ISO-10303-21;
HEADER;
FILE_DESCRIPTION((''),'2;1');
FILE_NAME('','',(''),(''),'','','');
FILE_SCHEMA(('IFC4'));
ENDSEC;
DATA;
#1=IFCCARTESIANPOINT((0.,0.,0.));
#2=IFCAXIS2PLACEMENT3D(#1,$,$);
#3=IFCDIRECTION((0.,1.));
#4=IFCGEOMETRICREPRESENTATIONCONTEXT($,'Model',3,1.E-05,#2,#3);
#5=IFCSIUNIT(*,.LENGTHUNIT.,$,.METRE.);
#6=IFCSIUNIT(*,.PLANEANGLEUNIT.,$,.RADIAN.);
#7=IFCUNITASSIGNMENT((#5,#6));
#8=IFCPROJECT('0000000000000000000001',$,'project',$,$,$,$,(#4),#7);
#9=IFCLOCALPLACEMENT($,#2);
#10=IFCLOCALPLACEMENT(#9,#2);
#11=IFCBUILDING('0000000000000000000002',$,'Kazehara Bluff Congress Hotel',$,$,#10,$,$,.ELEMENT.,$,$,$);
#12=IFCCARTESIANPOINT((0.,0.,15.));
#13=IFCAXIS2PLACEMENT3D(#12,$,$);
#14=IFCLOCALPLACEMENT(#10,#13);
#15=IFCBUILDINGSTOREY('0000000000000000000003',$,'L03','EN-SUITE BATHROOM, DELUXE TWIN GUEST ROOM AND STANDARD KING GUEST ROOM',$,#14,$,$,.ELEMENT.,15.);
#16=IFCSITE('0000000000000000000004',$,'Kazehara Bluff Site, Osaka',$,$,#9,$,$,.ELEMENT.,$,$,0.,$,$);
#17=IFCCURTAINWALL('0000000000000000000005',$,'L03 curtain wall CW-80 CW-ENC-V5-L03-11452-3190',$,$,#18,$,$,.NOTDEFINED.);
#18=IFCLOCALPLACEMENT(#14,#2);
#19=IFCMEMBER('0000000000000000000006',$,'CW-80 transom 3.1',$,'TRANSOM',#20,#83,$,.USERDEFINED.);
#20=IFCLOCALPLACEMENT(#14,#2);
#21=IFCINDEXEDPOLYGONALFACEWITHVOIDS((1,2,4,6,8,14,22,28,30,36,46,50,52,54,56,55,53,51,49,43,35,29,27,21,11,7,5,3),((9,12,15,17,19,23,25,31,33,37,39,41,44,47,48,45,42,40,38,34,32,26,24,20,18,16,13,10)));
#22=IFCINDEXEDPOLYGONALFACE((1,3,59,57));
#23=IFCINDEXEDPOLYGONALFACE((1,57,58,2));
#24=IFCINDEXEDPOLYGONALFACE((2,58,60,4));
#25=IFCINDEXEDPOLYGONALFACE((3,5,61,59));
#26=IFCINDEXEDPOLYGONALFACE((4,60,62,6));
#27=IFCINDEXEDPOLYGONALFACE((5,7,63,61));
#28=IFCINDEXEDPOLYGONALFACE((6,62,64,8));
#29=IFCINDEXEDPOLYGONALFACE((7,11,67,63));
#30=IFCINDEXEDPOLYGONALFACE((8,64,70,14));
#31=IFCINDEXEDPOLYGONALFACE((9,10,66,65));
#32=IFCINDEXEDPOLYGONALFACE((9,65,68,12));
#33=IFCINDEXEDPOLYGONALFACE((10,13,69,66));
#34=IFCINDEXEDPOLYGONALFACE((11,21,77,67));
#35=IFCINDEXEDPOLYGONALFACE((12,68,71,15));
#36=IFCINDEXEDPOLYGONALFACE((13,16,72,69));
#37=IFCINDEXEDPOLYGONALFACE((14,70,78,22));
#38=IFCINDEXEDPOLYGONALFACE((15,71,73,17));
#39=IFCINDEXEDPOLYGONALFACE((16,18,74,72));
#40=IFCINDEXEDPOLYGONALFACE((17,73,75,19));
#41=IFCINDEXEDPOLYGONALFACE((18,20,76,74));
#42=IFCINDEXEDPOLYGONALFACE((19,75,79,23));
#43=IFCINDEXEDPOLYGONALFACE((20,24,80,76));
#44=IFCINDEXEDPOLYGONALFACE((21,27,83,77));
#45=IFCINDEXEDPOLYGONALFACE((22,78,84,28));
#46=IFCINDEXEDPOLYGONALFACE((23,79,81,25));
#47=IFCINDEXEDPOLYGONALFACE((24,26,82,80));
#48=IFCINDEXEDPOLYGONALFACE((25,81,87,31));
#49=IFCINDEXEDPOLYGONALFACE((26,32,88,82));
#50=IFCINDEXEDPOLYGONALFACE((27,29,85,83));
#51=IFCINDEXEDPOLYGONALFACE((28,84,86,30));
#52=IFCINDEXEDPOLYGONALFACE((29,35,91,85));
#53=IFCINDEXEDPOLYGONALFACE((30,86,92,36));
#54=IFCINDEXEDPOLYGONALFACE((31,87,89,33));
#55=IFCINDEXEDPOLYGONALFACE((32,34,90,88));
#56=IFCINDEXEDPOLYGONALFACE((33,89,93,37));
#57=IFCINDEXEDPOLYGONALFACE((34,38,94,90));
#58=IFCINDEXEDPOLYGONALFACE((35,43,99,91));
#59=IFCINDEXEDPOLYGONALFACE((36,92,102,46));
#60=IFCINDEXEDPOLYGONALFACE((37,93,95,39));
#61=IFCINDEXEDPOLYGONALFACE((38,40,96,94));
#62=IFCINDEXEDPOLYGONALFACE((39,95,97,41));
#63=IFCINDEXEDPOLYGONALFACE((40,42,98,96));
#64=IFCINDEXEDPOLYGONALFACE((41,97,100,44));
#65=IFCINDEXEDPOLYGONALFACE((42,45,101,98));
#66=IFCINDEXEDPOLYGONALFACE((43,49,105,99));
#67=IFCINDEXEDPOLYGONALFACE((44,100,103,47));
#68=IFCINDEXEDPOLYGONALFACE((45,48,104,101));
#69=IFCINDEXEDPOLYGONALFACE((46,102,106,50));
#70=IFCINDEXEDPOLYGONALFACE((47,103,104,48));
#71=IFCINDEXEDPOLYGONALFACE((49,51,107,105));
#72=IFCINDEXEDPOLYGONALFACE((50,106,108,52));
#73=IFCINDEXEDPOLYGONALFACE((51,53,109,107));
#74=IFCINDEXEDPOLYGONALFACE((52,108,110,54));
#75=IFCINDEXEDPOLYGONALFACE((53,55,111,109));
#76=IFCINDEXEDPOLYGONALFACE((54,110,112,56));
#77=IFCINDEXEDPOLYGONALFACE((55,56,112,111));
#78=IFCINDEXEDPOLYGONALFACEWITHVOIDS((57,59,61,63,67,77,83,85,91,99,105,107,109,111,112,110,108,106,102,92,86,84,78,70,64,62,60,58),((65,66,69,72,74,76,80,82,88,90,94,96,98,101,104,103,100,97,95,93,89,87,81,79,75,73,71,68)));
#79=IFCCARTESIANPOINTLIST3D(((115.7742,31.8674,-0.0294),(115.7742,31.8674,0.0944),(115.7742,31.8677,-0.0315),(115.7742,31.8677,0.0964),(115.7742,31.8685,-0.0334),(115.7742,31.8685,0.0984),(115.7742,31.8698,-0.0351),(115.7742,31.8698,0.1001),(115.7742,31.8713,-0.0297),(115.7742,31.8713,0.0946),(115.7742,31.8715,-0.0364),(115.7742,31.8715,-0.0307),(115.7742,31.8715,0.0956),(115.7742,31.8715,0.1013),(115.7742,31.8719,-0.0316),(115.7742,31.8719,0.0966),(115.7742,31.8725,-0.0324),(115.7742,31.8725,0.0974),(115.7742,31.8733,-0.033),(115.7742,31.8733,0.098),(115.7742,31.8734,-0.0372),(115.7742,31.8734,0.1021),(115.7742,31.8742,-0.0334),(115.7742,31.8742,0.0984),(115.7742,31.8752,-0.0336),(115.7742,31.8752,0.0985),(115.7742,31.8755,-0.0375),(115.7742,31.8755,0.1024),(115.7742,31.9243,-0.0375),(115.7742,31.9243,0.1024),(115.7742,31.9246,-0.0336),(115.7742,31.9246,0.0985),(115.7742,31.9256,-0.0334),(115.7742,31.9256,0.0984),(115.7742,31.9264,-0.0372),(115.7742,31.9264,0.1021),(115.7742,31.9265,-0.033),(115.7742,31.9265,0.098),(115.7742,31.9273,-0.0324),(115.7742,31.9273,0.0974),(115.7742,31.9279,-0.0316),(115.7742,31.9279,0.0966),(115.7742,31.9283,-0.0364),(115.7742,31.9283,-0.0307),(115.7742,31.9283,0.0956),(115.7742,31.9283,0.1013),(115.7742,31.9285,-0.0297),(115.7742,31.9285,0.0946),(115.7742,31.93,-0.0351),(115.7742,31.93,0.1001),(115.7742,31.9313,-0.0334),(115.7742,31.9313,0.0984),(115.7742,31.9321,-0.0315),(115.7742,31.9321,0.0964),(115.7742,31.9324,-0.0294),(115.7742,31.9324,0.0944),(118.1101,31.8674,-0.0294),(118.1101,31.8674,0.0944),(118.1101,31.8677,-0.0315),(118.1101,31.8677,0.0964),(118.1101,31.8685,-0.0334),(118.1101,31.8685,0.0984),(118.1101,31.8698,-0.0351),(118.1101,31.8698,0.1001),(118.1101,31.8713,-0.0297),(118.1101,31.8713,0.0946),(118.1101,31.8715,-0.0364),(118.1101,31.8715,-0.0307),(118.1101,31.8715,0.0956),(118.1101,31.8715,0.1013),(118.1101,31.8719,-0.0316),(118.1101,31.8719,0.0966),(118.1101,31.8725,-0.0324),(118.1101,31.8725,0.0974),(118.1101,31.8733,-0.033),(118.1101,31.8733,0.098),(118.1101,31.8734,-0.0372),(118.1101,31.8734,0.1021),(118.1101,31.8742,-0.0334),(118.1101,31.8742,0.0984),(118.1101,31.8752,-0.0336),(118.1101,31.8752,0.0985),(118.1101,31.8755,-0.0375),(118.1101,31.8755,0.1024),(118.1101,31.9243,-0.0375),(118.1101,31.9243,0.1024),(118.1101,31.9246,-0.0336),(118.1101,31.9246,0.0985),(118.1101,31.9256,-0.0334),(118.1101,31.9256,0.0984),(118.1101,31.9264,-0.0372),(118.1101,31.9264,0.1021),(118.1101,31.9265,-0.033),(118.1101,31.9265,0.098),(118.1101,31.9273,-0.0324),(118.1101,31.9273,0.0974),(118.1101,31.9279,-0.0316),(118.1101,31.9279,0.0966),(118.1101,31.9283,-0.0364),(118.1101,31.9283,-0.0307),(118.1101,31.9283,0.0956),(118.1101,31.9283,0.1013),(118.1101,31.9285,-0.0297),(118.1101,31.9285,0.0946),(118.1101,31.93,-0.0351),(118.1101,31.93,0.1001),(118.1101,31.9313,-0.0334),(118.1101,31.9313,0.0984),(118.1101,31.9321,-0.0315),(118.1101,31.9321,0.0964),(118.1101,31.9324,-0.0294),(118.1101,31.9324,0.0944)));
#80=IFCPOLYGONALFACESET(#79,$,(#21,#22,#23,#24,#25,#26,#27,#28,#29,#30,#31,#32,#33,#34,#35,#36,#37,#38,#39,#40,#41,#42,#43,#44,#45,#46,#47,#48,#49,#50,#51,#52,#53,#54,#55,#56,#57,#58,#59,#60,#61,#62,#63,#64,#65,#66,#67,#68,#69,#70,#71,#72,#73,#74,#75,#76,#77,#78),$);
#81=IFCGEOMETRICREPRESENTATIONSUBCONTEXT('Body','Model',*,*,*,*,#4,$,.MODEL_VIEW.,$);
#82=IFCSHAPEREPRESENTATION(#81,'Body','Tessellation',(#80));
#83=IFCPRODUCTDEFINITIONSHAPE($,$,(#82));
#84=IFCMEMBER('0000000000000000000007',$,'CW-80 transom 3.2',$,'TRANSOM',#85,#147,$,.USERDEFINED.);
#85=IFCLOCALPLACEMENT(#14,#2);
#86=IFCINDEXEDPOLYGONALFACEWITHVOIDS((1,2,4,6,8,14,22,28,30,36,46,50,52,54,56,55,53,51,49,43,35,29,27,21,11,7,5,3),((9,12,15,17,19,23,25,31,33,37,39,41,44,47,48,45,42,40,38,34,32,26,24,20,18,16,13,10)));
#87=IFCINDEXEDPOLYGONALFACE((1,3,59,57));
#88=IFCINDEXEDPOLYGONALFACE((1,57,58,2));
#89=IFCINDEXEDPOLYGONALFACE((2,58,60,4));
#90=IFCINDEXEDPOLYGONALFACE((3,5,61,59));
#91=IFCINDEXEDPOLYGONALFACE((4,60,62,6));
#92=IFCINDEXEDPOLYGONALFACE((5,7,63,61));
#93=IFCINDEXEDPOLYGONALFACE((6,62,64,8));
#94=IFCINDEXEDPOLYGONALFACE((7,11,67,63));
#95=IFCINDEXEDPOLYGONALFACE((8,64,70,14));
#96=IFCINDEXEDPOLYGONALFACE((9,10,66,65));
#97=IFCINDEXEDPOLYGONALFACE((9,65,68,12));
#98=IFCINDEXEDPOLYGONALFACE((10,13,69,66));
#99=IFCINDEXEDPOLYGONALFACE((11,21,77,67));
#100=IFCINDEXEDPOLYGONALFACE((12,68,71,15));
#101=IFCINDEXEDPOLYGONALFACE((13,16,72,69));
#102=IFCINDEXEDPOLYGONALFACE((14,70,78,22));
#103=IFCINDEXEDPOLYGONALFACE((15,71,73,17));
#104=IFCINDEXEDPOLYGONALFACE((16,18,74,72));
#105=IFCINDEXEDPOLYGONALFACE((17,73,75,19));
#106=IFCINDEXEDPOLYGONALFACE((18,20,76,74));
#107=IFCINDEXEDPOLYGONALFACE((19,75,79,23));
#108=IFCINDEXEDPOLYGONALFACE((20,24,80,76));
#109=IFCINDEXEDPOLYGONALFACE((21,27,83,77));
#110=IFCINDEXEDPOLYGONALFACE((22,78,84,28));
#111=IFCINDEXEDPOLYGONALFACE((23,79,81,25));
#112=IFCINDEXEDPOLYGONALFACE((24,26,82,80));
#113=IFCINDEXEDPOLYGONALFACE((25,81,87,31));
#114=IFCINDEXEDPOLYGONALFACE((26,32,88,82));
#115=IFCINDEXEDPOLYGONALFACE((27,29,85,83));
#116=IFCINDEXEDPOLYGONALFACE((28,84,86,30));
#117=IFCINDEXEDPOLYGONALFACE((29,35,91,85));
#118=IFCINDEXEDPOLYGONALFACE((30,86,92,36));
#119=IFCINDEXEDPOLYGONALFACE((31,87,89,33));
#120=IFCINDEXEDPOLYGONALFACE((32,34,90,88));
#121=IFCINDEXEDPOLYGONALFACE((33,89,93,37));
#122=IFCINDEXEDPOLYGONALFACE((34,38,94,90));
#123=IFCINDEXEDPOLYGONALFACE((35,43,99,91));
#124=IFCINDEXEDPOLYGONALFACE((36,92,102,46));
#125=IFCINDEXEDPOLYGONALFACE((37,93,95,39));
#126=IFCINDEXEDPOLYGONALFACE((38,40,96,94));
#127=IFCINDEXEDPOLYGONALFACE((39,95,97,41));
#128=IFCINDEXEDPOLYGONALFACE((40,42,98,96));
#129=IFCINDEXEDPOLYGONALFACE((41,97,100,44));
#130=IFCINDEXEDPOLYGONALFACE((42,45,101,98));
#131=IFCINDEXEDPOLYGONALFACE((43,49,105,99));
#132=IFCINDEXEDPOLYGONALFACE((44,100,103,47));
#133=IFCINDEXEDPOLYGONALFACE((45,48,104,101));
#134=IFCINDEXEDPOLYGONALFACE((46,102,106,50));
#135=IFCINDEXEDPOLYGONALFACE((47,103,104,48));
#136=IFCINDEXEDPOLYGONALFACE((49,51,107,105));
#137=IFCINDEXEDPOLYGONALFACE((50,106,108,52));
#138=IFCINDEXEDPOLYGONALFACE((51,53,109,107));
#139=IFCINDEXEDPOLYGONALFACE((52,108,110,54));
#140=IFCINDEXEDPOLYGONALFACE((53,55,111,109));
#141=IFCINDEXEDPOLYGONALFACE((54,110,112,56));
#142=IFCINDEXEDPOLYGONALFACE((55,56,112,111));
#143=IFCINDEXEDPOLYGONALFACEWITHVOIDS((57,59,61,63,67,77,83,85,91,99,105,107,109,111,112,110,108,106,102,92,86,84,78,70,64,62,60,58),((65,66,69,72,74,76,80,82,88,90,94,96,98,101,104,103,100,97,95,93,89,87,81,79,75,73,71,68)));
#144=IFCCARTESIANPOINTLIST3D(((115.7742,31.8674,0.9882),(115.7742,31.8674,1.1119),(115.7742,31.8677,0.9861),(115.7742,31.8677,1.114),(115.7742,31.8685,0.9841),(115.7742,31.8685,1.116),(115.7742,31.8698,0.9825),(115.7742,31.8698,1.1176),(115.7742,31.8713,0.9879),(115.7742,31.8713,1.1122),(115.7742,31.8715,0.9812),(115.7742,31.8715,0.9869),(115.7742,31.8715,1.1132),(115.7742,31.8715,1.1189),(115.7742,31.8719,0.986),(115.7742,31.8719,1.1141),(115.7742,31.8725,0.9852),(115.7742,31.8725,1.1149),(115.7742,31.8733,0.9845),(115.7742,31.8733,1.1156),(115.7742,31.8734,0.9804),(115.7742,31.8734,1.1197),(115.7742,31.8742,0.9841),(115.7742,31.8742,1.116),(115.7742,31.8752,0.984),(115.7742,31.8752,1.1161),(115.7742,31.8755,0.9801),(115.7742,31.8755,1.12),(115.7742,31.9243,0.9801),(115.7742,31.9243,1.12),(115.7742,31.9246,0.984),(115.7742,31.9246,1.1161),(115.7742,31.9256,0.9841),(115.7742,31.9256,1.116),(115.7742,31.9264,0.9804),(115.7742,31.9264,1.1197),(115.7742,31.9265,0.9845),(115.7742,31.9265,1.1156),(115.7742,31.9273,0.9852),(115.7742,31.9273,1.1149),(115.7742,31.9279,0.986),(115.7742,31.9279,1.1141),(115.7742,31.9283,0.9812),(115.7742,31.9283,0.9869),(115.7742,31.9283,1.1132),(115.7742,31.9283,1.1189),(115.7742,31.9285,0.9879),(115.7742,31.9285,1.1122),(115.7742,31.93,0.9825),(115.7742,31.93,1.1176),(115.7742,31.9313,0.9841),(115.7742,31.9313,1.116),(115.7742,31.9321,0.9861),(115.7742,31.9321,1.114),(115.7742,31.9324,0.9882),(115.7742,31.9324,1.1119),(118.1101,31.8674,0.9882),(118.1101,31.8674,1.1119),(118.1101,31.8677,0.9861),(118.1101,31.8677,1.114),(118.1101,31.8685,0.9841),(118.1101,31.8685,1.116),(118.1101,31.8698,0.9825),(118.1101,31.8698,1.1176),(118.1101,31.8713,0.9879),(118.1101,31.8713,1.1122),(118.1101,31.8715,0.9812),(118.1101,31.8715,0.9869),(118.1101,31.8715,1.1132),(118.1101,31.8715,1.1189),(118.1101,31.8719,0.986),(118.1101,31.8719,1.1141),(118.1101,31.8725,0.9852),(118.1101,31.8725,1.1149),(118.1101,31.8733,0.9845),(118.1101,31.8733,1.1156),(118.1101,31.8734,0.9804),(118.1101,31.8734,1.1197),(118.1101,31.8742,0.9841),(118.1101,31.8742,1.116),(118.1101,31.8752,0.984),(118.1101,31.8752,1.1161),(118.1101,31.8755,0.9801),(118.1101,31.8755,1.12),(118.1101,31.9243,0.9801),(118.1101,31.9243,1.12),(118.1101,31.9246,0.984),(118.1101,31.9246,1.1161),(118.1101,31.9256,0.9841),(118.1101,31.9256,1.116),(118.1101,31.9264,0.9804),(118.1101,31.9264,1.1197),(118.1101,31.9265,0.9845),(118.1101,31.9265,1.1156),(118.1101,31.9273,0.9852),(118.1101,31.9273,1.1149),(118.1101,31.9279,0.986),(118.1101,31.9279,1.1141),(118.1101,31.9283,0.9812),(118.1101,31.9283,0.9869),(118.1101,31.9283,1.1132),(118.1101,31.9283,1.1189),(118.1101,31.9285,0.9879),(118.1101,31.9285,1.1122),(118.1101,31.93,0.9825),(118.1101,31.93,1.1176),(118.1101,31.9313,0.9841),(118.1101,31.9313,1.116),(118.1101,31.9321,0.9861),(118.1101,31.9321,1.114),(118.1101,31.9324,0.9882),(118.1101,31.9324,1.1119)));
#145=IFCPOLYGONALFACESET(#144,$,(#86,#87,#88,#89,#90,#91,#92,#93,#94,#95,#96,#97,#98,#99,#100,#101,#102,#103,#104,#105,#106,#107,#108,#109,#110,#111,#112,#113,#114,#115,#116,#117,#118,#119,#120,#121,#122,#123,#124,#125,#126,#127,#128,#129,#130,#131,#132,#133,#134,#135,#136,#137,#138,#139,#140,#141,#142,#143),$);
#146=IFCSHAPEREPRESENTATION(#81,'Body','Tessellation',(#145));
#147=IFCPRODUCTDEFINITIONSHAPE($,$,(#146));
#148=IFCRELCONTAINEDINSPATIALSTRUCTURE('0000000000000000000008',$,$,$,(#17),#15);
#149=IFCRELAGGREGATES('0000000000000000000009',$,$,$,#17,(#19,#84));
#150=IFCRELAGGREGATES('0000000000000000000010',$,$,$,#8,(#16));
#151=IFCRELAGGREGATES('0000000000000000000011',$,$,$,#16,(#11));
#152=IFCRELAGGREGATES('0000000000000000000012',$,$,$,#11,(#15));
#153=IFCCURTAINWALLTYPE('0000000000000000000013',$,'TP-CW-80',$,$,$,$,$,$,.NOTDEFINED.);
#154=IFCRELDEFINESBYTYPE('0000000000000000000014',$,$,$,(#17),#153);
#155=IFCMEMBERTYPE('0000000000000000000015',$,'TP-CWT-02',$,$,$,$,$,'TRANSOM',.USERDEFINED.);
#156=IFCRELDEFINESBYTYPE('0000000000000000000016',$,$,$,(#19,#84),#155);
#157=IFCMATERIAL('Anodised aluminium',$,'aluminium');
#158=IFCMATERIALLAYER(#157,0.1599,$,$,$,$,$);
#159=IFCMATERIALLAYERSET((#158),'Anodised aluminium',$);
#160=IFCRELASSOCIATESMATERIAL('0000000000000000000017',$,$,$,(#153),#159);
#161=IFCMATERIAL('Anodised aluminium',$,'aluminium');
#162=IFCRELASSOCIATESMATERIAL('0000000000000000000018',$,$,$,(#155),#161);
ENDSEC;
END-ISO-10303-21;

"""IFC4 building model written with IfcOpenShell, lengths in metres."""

from ifc_helpers import new_model, si_unit, direction, frame, origin, origin_2d, place, context, subcontext, project, spatial, hollow_rectangle, extrude, material, layer, layer_set, material_profile, profile_set, type_object, element, aggregate, save


model = new_model("IFC4")

# Units and contexts
model_context = context("Model", 3, precision=1e-05, world=origin(), true_north=direction((0.0, 1.0)))
body_context = subcontext(model_context, "Body", "Model", "MODEL_VIEW")
ifc_project = project(units=[si_unit("LENGTHUNIT", "METRE"), si_unit("PLANEANGLEUNIT", "RADIAN")], contexts=[model_context])

# Site, building, storey
site_placement = place(None, origin())
site = spatial("IfcSite", under=ifc_project, at=site_placement, Name="Kazehara Bluff Site, Osaka", CompositionType="ELEMENT", RefElevation=0.0)
building_placement = place(site_placement, origin())
building = spatial("IfcBuilding", under=site, at=building_placement, Name="Kazehara Bluff Congress Hotel", CompositionType="ELEMENT")
storey_placement = place(building_placement, frame((0.0, 0.0, 15.0)))
storey = spatial("IfcBuildingStorey", under=building, at=storey_placement, Name="L03", Description="EN-SUITE BATHROOM, DELUXE TWIN GUEST ROOM AND STANDARD KING GUEST ROOM", CompositionType="ELEMENT", Elevation=15.0)

# Curtain wall, members
ifc_material_1 = material(Name="Anodised aluminium", Category="aluminium")
ifc_layer_1 = layer(ifc_material_1, 0.1599)
ifc_layer_set_1 = layer_set([ifc_layer_1], Name="Anodised aluminium")
curtain_wall_type_1 = type_object("IfcCurtainWallType", Name="TP-CW-80", PredefinedType="NOTDEFINED", material=ifc_layer_set_1)
curtain_wall_1_placement = place(storey_placement, origin())
curtain_wall_1 = element("IfcCurtainWall", 1, at=curtain_wall_1_placement, inside=storey, type_object=curtain_wall_type_1, Name="L03 curtain wall CW-80 CW-ENC-V5-L03-11452-3190", PredefinedType="NOTDEFINED")
ifc_material_2 = material(Name="Anodised aluminium", Category="aluminium")
ifc_material_profile_1 = material_profile(ifc_material_2, hollow_rectangle(XDim=0.0649, YDim=0.1399, WallThickness=0.0039, InnerFilletRadius=0.0039, OuterFilletRadius=0.0081, at=origin_2d()))
ifc_profile_set_1 = profile_set([ifc_material_profile_1], Name="Anodised aluminium")
member_type_1 = type_object("IfcMemberType", Name="TP-CWT-02", ElementType="TRANSOM", PredefinedType="USERDEFINED", material=ifc_profile_set_1)
member_1_placement = place(storey_placement, frame((115.7742, 31.8999, 0.0325), z_axis=(1.0, 0.0, 0.0), x_axis=(0.0, 1.0, 0.0)))
member_1 = element("IfcMember", 2, at=member_1_placement, type_object=member_type_1, Name="CW-80 transom 3.1", ObjectType="TRANSOM", PredefinedType="USERDEFINED", context=body_context, shape_type="SweptSolid", body=[
    extrude(hollow_rectangle(XDim=0.0649, YDim=0.1399, WallThickness=0.0039, InnerFilletRadius=0.0039, OuterFilletRadius=0.0081, at=origin_2d()), origin(), (0.0, 0.0, 1.0), 2.3359),
])
member_2_placement = place(storey_placement, frame((115.7742, 31.8999, 1.05), z_axis=(1.0, 0.0, 0.0), x_axis=(0.0, 1.0, 0.0)))
member_2 = element("IfcMember", 3, at=member_2_placement, type_object=member_type_1, Name="CW-80 transom 3.2", ObjectType="TRANSOM", PredefinedType="USERDEFINED", context=body_context, shape_type="SweptSolid", body=[
    extrude(hollow_rectangle(XDim=0.0649, YDim=0.1399, WallThickness=0.0039, InnerFilletRadius=0.0039, OuterFilletRadius=0.0081, at=origin_2d()), origin(), (0.0, 0.0, 1.0), 2.3359),
])

aggregate(curtain_wall_1, [member_1, member_2])

save(model, "model.ifc")
